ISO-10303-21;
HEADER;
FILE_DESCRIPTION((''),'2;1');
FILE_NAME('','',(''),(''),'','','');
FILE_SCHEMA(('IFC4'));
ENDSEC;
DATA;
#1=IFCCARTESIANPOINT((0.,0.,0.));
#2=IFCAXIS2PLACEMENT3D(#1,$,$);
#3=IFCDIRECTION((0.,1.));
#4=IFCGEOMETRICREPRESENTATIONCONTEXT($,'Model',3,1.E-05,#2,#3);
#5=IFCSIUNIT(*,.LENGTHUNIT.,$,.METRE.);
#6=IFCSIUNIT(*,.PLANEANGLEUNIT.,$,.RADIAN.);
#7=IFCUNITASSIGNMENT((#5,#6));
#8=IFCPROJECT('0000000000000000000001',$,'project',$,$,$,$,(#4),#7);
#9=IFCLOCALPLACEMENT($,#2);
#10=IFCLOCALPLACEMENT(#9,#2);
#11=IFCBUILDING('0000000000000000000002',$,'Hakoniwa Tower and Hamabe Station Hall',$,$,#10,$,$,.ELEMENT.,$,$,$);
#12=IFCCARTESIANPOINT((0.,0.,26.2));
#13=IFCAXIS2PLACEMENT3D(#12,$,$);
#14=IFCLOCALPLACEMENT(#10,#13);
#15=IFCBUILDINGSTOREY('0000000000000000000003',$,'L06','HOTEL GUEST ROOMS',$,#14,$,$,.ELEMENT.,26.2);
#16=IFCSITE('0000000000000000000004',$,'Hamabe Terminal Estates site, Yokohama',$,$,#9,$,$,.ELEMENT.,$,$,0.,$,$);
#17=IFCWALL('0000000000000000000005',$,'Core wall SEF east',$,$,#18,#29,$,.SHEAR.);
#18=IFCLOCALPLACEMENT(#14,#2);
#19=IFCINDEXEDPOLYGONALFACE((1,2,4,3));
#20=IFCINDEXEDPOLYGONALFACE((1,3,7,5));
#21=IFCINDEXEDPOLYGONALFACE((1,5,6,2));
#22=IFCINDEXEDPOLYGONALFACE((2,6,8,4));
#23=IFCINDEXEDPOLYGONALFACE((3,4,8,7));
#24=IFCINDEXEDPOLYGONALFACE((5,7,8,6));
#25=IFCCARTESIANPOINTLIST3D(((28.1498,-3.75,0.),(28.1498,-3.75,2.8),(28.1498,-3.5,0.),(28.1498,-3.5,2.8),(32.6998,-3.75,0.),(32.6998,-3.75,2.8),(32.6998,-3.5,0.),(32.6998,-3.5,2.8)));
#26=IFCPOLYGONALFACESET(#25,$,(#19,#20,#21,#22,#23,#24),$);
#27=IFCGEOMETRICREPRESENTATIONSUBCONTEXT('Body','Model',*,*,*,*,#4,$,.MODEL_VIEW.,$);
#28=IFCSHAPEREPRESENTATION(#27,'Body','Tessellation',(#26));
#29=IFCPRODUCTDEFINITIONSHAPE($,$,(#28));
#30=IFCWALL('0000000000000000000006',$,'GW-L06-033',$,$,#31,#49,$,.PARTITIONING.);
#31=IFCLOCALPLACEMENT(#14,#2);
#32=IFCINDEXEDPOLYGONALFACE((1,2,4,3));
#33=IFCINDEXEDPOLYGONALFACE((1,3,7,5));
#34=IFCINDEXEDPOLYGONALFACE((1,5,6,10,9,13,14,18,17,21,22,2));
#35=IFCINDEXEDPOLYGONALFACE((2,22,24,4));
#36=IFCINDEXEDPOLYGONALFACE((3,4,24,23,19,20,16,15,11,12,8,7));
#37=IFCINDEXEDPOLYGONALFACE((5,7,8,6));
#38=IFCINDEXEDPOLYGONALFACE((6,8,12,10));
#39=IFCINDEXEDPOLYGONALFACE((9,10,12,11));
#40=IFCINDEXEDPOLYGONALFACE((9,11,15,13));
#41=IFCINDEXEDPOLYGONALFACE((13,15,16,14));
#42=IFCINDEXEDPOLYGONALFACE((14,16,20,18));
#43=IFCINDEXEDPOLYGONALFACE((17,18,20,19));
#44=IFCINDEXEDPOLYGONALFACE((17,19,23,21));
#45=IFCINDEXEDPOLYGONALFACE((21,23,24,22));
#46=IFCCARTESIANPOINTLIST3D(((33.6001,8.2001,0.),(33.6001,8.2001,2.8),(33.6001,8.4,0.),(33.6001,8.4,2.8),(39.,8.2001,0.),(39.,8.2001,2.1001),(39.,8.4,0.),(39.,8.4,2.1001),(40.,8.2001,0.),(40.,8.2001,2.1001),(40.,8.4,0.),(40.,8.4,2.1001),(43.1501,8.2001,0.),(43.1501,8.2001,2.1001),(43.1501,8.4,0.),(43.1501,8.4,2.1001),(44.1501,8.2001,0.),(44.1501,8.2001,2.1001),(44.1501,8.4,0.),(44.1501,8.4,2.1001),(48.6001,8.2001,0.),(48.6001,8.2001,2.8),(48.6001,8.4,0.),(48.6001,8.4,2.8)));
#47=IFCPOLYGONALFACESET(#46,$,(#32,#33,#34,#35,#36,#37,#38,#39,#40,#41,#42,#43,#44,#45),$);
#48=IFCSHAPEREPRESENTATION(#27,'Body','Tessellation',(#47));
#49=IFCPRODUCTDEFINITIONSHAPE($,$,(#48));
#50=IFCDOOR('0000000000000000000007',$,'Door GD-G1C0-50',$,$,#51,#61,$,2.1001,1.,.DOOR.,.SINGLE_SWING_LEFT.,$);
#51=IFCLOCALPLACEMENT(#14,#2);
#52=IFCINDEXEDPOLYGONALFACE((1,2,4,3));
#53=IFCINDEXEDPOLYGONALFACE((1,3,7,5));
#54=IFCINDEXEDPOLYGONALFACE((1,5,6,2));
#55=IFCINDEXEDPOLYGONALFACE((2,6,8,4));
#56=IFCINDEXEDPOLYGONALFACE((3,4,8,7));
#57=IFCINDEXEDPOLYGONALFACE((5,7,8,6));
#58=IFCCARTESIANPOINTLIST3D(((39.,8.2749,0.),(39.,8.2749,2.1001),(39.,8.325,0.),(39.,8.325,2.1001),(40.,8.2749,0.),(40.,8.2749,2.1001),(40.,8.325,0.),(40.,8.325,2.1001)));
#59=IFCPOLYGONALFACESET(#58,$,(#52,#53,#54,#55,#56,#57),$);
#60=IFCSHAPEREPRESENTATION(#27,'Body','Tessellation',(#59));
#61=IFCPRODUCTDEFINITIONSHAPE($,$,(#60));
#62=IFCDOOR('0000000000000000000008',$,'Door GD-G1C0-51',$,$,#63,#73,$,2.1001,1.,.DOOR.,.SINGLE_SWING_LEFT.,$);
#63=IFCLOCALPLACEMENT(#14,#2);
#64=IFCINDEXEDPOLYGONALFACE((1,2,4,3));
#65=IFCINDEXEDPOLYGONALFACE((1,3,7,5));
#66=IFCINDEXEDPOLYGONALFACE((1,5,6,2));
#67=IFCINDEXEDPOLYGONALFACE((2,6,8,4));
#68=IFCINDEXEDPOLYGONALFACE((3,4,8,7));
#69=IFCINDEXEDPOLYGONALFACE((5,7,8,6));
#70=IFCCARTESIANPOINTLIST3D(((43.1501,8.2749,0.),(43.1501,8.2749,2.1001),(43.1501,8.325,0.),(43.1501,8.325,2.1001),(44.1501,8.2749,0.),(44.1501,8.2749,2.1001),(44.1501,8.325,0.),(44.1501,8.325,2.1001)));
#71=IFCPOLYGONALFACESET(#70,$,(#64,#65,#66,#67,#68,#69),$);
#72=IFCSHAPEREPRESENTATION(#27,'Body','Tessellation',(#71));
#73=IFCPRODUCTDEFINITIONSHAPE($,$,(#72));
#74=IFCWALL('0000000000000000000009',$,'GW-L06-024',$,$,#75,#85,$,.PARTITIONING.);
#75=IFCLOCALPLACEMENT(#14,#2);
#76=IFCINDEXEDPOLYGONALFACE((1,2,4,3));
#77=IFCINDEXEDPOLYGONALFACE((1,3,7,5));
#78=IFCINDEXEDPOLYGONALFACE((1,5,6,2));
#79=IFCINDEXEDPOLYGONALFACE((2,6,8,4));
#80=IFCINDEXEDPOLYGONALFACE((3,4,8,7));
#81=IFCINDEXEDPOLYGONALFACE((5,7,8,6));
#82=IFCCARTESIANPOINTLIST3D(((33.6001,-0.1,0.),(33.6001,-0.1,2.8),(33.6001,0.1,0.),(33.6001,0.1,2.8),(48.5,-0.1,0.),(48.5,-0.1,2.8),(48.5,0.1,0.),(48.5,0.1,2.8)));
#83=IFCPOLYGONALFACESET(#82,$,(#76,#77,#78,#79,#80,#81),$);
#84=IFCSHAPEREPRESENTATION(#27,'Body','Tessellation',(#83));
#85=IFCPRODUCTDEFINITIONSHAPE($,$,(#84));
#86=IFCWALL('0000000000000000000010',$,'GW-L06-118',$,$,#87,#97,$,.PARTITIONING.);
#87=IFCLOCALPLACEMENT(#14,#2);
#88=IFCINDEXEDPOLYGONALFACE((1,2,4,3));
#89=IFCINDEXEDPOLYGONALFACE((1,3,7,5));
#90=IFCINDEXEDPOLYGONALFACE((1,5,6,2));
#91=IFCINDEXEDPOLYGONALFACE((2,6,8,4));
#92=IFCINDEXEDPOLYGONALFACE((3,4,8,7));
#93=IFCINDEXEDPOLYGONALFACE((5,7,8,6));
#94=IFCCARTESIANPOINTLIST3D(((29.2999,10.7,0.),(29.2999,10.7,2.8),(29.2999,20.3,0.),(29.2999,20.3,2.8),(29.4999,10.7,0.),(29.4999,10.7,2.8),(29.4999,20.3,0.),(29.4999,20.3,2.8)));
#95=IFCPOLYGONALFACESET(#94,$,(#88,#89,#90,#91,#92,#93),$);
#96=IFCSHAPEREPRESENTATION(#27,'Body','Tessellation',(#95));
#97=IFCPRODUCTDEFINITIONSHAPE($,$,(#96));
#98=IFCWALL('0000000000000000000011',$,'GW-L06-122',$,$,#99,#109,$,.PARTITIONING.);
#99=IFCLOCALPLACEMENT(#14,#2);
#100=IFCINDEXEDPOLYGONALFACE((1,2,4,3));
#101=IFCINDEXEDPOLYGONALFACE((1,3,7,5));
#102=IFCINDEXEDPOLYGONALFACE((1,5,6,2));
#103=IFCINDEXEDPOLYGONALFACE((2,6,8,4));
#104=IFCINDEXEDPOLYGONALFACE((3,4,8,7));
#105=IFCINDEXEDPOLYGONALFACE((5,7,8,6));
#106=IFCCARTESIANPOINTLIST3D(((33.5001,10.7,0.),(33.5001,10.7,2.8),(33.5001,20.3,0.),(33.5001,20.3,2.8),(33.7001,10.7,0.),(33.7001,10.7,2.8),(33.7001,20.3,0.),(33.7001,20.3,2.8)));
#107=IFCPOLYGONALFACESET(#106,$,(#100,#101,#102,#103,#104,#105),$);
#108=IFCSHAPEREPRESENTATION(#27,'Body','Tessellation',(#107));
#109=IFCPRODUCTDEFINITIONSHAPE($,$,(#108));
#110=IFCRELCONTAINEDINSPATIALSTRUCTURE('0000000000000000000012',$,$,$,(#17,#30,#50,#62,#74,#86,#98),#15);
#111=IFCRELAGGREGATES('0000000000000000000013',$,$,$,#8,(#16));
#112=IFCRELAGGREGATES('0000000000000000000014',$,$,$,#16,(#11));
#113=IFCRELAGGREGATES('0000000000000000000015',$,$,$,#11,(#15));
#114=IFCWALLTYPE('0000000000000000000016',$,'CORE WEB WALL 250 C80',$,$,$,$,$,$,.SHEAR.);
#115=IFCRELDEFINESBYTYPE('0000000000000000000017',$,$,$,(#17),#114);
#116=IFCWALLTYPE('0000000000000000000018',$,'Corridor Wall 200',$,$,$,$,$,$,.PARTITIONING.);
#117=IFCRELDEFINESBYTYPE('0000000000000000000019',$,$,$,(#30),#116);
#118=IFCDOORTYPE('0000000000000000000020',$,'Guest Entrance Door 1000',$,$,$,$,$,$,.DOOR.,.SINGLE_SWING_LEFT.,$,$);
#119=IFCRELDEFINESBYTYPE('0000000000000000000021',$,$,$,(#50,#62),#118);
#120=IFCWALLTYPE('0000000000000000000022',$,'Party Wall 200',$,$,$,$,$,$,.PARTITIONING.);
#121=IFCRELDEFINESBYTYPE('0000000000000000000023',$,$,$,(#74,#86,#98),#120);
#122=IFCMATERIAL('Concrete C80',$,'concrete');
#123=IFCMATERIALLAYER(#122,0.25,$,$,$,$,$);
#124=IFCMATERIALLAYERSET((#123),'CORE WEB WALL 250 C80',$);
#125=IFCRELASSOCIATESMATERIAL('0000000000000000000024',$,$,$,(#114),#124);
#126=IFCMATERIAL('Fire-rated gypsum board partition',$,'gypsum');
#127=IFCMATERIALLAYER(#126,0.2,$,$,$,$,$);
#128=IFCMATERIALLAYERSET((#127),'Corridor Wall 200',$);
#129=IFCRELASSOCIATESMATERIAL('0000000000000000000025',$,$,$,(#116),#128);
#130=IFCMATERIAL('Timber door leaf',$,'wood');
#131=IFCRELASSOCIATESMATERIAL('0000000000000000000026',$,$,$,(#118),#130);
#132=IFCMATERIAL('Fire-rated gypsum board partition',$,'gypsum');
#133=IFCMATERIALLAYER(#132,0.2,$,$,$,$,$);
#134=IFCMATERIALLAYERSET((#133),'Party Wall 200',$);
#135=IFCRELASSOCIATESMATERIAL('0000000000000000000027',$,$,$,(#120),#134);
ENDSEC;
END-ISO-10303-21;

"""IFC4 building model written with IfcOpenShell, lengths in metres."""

from ifc_helpers import new_model, si_unit, direction, frame, frame_2d, origin, place, context, subcontext, project, spatial, rectangle, extrude, material, layer, layer_set, type_object, element, fill, save


model = new_model("IFC4")

# Units and contexts
model_context = context("Model", 3, precision=1e-05, world=origin(), true_north=direction((0.0, 1.0)))
body_context = subcontext(model_context, "Body", "Model", "MODEL_VIEW")
ifc_project = project(units=[si_unit("LENGTHUNIT", "METRE"), si_unit("PLANEANGLEUNIT", "RADIAN")], contexts=[model_context])

# Site, building, storey
site_placement = place(None, origin())
site = spatial("IfcSite", under=ifc_project, at=site_placement, Name="Hamabe Terminal Estates site, Yokohama", CompositionType="ELEMENT", RefElevation=0.0)
building_placement = place(site_placement, origin())
building = spatial("IfcBuilding", under=site, at=building_placement, Name="Hakoniwa Tower and Hamabe Station Hall", CompositionType="ELEMENT")
storey_placement = place(building_placement, frame((0.0, 0.0, 26.2)))
storey = spatial("IfcBuildingStorey", under=building, at=storey_placement, Name="L06", Description="HOTEL GUEST ROOMS", CompositionType="ELEMENT", Elevation=26.2)

# Shared definitions
ifc_material_1 = material(Name="Concrete C80", Category="concrete")
ifc_layer_1 = layer(ifc_material_1, 0.25)
ifc_layer_set_1 = layer_set([ifc_layer_1], Name="CORE WEB WALL 250 C80")
wall_type_1 = type_object("IfcWallType", Name="CORE WEB WALL 250 C80", PredefinedType="SHEAR", material=ifc_layer_set_1)

# Wall
wall_1_placement = place(storey_placement, frame((28.1499, -3.625, 0.0), z_axis=(0.0, 0.0, 1.0), x_axis=(1.0, 0.0, 0.0)))
element("IfcWall", 1, at=wall_1_placement, inside=storey, type_object=wall_type_1, Name="Core wall SEF east", PredefinedType="SHEAR", context=body_context, shape_type="SweptSolid", body=[
    extrude(rectangle(XDim=4.55, YDim=0.25, at=frame_2d((2.2749, 0.0))), origin(), (0.0, 0.0, 1.0), 2.8),
])

# Wall, openings, doors
ifc_material_2 = material(Name="Fire-rated gypsum board partition", Category="gypsum")
ifc_layer_2 = layer(ifc_material_2, 0.2)
ifc_layer_set_2 = layer_set([ifc_layer_2], Name="Corridor Wall 200")
wall_type_2 = type_object("IfcWallType", Name="Corridor Wall 200", PredefinedType="PARTITIONING", material=ifc_layer_set_2)
wall_2_placement = place(storey_placement, frame((33.6001, 8.3, 0.0), z_axis=(0.0, 0.0, 1.0), x_axis=(1.0, 0.0, 0.0)))
wall_2 = element("IfcWall", 2, at=wall_2_placement, inside=storey, type_object=wall_type_2, Name="GW-L06-033", PredefinedType="PARTITIONING", context=body_context, shape_type="SweptSolid", body=[
    extrude(rectangle(XDim=15.0, YDim=0.2, at=frame_2d((7.5, 0.0))), origin(), (0.0, 0.0, 1.0), 2.8),
])
opening_1_placement = place(wall_2_placement, frame((5.3999, 0.0, 0.0)))
opening_1 = element("IfcOpeningElement", 3, at=opening_1_placement, cuts=wall_2, PredefinedType="OPENING", context=body_context, shape_type="SweptSolid", body=[
    extrude(rectangle(XDim=1.0, YDim=2.1001, at=frame_2d((0.5, 1.05))), frame((0.0, 0.1099, 0.0), z_axis=(0.0, -1.0, 0.0), x_axis=(1.0, 0.0, 0.0)), (0.0, 0.0, 1.0), 0.22),
])
opening_2_placement = place(wall_2_placement, frame((9.55, 0.0, 0.0)))
opening_2 = element("IfcOpeningElement", 4, at=opening_2_placement, cuts=wall_2, PredefinedType="OPENING", context=body_context, shape_type="SweptSolid", body=[
    extrude(rectangle(XDim=1.0, YDim=2.1001, at=frame_2d((0.5, 1.05))), frame((0.0, 0.1099, 0.0), z_axis=(0.0, -1.0, 0.0), x_axis=(1.0, 0.0, 0.0)), (0.0, 0.0, 1.0), 0.22),
])
ifc_material_3 = material(Name="Timber door leaf", Category="wood")
door_type_1 = type_object("IfcDoorType", Name="Guest Entrance Door 1000", OperationType="SINGLE_SWING_LEFT", PredefinedType="DOOR", material=ifc_material_3)
door_1_placement = place(opening_1_placement, origin())
door_1 = element("IfcDoor", 5, at=door_1_placement, inside=storey, type_object=door_type_1, Name="Door GD-G1C0-50", OperationType="SINGLE_SWING_LEFT", OverallHeight=2.1001, OverallWidth=1.0, PredefinedType="DOOR", context=body_context, shape_type="SweptSolid", body=[
    extrude(rectangle(XDim=1.0, YDim=2.1001, at=frame_2d((0.5, 1.05))), frame((0.0, 0.0249, 0.0), z_axis=(0.0, -1.0, 0.0), x_axis=(1.0, 0.0, 0.0)), (0.0, 0.0, 1.0), 0.05),
])
fill(opening_1, door_1)
door_2_placement = place(opening_2_placement, origin())
door_2 = element("IfcDoor", 6, at=door_2_placement, inside=storey, type_object=door_type_1, Name="Door GD-G1C0-51", OperationType="SINGLE_SWING_LEFT", OverallHeight=2.1001, OverallWidth=1.0, PredefinedType="DOOR", context=body_context, shape_type="SweptSolid", body=[
    extrude(rectangle(XDim=1.0, YDim=2.1001, at=frame_2d((0.5, 1.05))), frame((0.0, 0.0249, 0.0), z_axis=(0.0, -1.0, 0.0), x_axis=(1.0, 0.0, 0.0)), (0.0, 0.0, 1.0), 0.05),
])
fill(opening_2, door_2)

# Walls
ifc_material_4 = material(Name="Fire-rated gypsum board partition", Category="gypsum")
ifc_layer_3 = layer(ifc_material_4, 0.2)
ifc_layer_set_3 = layer_set([ifc_layer_3], Name="Party Wall 200")
wall_type_3 = type_object("IfcWallType", Name="Party Wall 200", PredefinedType="PARTITIONING", material=ifc_layer_set_3)
wall_3_placement = place(storey_placement, frame((33.6001, 0.0, 0.0), z_axis=(0.0, 0.0, 1.0), x_axis=(1.0, 0.0, 0.0)))
element("IfcWall", 7, at=wall_3_placement, inside=storey, type_object=wall_type_3, Name="GW-L06-024", PredefinedType="PARTITIONING", context=body_context, shape_type="SweptSolid", body=[
    extrude(rectangle(XDim=14.8999, YDim=0.2, at=frame_2d((7.45, 0.0))), origin(), (0.0, 0.0, 1.0), 2.8),
])
for number, where, z_axis, x_axis, name in (
    (8, (29.3999, 10.7, 0.0), (0.0, 0.0, 1.0), (0.0, 1.0, 0.0), "GW-L06-118"),
    (9, (33.6001, 10.7, 0.0), (0.0, 0.0, 1.0), (0.0, 1.0, 0.0), "GW-L06-122"),
):
    element("IfcWall", number, at=place(storey_placement, frame(where, z_axis=z_axis, x_axis=x_axis)), inside=storey, type_object=wall_type_3, Name=name, PredefinedType="PARTITIONING", context=body_context, shape_type="SweptSolid", body=[
        extrude(rectangle(XDim=9.6001, YDim=0.2, at=frame_2d((4.8, 0.0))), origin(), (0.0, 0.0, 1.0), 2.8),
    ])

save(model, "model.ifc")
